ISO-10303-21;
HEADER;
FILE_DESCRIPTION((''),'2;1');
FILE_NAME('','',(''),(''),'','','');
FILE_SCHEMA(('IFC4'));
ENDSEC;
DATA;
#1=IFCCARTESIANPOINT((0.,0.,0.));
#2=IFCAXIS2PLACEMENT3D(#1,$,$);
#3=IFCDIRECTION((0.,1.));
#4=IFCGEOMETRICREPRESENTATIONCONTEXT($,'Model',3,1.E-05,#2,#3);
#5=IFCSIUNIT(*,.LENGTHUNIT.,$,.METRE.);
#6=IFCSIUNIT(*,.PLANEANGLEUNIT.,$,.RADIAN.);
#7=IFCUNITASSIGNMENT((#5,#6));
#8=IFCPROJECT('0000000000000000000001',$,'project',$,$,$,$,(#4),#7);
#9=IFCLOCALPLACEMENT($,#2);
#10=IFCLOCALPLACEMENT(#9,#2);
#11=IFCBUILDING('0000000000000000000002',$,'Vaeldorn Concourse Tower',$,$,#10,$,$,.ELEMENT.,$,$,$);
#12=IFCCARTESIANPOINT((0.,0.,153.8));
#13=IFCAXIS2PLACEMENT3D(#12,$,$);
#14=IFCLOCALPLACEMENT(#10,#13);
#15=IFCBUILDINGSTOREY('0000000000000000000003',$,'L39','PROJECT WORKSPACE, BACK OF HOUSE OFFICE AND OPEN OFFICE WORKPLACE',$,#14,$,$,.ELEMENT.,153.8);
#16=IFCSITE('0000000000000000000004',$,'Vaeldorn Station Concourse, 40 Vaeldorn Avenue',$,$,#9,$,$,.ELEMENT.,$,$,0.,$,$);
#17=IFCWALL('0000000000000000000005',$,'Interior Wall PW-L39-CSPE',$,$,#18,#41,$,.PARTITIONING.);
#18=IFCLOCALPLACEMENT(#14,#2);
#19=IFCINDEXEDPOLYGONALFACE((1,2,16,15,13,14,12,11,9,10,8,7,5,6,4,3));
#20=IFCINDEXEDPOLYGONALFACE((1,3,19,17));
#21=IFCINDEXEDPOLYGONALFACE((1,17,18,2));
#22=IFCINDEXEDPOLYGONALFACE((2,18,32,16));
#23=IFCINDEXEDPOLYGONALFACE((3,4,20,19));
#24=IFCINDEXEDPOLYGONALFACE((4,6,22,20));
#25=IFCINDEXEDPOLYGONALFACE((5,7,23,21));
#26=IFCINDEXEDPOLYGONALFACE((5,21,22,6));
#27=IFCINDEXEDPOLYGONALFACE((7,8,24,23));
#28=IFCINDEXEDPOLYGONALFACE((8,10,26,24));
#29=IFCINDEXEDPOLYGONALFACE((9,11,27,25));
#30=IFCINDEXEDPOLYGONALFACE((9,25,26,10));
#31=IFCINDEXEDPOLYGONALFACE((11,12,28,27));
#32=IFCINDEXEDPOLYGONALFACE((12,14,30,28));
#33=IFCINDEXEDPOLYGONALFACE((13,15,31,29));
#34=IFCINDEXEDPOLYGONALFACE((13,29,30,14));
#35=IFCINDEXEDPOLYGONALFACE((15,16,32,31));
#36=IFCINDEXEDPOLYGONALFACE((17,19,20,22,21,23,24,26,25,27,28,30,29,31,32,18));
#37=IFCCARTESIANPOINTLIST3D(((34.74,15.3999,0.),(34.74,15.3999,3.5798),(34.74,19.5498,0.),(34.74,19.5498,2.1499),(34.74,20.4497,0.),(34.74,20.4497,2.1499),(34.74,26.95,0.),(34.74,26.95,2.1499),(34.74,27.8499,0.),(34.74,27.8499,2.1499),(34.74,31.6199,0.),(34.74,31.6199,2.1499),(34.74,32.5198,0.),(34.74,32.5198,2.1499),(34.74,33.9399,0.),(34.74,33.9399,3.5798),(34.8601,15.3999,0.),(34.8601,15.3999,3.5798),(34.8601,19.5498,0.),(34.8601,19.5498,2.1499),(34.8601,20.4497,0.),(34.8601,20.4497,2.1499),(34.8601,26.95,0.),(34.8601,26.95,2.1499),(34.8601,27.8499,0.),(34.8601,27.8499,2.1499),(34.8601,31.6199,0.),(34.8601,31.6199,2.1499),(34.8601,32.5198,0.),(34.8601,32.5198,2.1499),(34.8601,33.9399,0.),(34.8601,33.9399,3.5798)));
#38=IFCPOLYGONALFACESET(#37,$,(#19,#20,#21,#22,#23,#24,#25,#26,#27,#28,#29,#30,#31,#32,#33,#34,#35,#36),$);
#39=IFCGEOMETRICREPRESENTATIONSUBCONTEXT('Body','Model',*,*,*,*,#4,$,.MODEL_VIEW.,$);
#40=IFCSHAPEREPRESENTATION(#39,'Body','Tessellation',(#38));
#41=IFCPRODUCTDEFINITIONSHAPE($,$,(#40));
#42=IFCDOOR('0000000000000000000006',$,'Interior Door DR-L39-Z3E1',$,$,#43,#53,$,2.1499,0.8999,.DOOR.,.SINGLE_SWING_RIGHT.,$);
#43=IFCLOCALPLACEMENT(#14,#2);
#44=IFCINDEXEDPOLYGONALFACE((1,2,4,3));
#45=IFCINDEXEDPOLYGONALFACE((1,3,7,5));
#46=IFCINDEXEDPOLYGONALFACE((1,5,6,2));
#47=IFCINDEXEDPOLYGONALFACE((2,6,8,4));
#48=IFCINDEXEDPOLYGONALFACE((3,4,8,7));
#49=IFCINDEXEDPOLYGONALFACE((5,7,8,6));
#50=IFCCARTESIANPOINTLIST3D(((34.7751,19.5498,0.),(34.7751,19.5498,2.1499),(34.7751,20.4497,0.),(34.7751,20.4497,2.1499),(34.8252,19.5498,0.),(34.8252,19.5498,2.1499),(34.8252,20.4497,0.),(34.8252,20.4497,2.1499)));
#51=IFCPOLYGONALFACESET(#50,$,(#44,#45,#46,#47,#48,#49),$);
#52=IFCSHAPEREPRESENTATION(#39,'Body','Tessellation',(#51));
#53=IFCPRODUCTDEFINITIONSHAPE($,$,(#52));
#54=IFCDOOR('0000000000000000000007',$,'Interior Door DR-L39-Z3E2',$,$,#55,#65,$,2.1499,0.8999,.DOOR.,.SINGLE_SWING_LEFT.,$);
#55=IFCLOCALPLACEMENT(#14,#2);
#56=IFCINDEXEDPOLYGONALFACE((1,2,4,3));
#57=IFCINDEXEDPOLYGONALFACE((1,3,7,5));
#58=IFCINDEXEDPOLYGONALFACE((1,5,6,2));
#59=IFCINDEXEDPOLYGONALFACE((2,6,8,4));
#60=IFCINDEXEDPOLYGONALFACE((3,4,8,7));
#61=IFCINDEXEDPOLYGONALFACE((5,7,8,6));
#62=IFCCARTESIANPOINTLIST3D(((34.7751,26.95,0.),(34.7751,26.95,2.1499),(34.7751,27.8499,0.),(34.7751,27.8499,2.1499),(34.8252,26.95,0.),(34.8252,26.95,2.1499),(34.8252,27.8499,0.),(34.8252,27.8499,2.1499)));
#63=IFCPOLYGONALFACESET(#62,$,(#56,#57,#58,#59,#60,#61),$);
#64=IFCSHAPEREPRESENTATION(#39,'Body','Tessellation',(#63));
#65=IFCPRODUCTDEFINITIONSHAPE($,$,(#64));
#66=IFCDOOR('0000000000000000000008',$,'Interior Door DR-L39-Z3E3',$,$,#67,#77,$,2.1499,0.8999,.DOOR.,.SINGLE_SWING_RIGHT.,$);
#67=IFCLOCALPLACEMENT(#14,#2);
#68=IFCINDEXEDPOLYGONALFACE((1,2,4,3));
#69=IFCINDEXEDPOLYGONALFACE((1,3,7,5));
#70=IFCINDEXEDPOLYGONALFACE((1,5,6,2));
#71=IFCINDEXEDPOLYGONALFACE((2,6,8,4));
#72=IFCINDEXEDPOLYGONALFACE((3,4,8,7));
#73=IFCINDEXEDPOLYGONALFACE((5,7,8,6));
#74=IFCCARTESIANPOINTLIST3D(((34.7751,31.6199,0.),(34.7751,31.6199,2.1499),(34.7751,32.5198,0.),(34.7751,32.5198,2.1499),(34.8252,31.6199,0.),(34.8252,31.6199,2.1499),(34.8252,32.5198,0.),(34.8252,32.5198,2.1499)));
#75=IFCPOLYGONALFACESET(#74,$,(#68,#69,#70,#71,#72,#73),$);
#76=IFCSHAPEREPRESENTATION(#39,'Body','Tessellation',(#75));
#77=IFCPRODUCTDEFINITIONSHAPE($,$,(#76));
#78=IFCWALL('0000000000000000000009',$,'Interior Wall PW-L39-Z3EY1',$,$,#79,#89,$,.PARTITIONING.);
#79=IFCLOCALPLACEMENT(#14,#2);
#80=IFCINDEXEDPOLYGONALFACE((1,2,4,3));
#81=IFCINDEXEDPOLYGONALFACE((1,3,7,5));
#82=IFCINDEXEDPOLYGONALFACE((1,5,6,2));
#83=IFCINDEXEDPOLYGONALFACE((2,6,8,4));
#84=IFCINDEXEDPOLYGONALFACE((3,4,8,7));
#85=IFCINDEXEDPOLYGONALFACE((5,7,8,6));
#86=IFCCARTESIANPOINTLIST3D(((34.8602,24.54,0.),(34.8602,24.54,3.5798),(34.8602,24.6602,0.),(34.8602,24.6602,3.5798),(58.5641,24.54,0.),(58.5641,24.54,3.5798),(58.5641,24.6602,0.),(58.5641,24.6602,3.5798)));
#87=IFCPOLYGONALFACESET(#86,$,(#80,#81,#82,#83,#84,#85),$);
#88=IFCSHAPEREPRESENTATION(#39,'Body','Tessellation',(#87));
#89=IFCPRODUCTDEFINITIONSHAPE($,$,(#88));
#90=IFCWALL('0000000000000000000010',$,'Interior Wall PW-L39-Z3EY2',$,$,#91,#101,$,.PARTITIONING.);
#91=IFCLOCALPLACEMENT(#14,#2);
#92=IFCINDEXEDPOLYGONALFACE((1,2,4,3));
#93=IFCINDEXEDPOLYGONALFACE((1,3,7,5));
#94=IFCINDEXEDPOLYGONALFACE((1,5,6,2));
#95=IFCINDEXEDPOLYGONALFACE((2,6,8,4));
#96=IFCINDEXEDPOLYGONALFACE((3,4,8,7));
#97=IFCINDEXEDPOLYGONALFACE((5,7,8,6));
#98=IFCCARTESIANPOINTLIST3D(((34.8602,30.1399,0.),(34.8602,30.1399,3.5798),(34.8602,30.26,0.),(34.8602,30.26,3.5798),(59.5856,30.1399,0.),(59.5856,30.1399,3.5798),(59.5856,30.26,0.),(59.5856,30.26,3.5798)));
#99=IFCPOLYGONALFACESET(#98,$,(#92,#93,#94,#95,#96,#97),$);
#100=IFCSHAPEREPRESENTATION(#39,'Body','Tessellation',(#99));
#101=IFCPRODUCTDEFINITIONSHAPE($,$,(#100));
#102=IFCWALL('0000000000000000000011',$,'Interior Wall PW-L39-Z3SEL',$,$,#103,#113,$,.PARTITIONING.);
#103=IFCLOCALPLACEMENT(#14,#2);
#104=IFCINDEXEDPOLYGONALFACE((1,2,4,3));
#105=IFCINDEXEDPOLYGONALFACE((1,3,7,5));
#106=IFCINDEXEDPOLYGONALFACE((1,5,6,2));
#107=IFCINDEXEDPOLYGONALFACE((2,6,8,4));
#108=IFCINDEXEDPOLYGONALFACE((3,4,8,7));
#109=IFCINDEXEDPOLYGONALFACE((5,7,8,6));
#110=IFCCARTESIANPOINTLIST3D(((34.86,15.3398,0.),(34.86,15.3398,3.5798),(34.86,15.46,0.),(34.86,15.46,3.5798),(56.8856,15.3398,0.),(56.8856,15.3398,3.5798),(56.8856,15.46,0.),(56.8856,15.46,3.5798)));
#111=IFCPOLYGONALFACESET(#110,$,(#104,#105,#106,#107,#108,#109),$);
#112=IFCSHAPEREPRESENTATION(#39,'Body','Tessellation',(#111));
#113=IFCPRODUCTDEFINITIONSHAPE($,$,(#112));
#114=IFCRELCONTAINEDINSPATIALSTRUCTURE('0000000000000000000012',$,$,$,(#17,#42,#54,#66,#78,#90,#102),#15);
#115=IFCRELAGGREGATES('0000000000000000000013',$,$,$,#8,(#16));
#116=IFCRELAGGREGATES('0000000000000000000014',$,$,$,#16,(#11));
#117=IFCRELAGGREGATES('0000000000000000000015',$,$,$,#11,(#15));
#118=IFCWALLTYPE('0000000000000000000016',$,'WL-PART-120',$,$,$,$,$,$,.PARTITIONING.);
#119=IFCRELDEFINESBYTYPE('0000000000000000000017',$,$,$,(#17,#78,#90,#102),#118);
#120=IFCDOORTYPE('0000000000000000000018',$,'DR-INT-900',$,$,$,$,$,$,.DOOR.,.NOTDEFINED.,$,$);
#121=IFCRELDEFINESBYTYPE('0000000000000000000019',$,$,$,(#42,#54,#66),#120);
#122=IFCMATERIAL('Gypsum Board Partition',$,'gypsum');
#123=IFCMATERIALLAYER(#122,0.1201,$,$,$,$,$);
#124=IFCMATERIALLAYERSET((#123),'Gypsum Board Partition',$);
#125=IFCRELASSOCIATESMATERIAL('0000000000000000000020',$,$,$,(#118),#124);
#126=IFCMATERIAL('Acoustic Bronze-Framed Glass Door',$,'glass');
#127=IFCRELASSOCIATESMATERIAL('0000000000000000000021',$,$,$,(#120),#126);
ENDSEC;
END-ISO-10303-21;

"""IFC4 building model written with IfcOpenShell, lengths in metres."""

from ifc_helpers import new_model, si_unit, direction, frame, frame_2d, origin, place, context, subcontext, project, spatial, rectangle, extrude, source, transform, mapped, material, layer, layer_set, type_object, element, fill, save


model = new_model("IFC4")

# Units and contexts
model_context = context("Model", 3, precision=1e-05, world=origin(), true_north=direction((0.0, 1.0)))
body_context = subcontext(model_context, "Body", "Model", "MODEL_VIEW")
ifc_project = project(units=[si_unit("LENGTHUNIT", "METRE"), si_unit("PLANEANGLEUNIT", "RADIAN")], contexts=[model_context])

# Site, building, storey
site_placement = place(None, origin())
site = spatial("IfcSite", under=ifc_project, at=site_placement, Name="Vaeldorn Station Concourse, 40 Vaeldorn Avenue", CompositionType="ELEMENT", RefElevation=0.0)
building_placement = place(site_placement, origin())
building = spatial("IfcBuilding", under=site, at=building_placement, Name="Vaeldorn Concourse Tower", CompositionType="ELEMENT")
storey_placement = place(building_placement, frame((0.0, 0.0, 153.8)))
storey = spatial("IfcBuildingStorey", under=building, at=storey_placement, Name="L39", Description="PROJECT WORKSPACE, BACK OF HOUSE OFFICE AND OPEN OFFICE WORKPLACE", CompositionType="ELEMENT", Elevation=153.8)

# Shared definitions
ifc_material_1 = material(Name="Gypsum Board Partition", Category="gypsum")
ifc_layer = layer(ifc_material_1, 0.1201)
ifc_layer_set = layer_set([ifc_layer], Name="Gypsum Board Partition")
wall_type = type_object("IfcWallType", Name="WL-PART-120", PredefinedType="PARTITIONING", material=ifc_layer_set)

# Wall, openings, doors
ifc_material_2 = material(Name="Acoustic Bronze-Framed Glass Door", Category="glass")
door_type = type_object("IfcDoorType", Name="DR-INT-900", OperationType="NOTDEFINED", PredefinedType="DOOR", material=ifc_material_2)
shared_shape_1 = source(origin(), body_context, "Body", "SweptSolid", [
    extrude(rectangle(XDim=0.8999, YDim=2.1499, at=frame_2d((0.45, 1.075))), frame((0.0, 0.0249, 0.0), z_axis=(0.0, -1.0, 0.0), x_axis=(1.0, 0.0, 0.0)), (0.0, 0.0, 1.0), 0.05),
])
wall_1_placement = place(storey_placement, frame((34.8, 15.3999, 0.0), z_axis=(0.0, 0.0, 1.0), x_axis=(0.0, 1.0, 0.0)))
wall_1 = element("IfcWall", 1, at=wall_1_placement, inside=storey, type_object=wall_type, Name="Interior Wall PW-L39-CSPE", PredefinedType="PARTITIONING", context=body_context, shape_type="SweptSolid", body=[
    extrude(rectangle(XDim=18.54, YDim=0.1201, at=frame_2d((9.27, 0.0))), origin(), (0.0, 0.0, 1.0), 3.5798),
])
opening_1_placement = place(wall_1_placement, frame((4.1499, 0.0, 0.0)))
opening_1 = element("IfcOpeningElement", 2, at=opening_1_placement, cuts=wall_1, PredefinedType="OPENING", context=body_context, shape_type="SweptSolid", body=[
    extrude(rectangle(XDim=0.8999, YDim=2.1499, at=frame_2d((0.45, 1.075))), frame((0.0, 0.0701, 0.0), z_axis=(0.0, -1.0, 0.0), x_axis=(1.0, 0.0, 0.0)), (0.0, 0.0, 1.0), 0.1401),
])
opening_2_placement = place(wall_1_placement, frame((11.55, 0.0, 0.0)))
opening_2 = element("IfcOpeningElement", 3, at=opening_2_placement, cuts=wall_1, PredefinedType="OPENING", context=body_context, shape_type="SweptSolid", body=[
    extrude(rectangle(XDim=0.8999, YDim=2.1499, at=frame_2d((0.45, 1.075))), frame((0.0, 0.0701, 0.0), z_axis=(0.0, -1.0, 0.0), x_axis=(1.0, 0.0, 0.0)), (0.0, 0.0, 1.0), 0.1401),
])
opening_3_placement = place(wall_1_placement, frame((16.22, 0.0, 0.0)))
opening_3 = element("IfcOpeningElement", 4, at=opening_3_placement, cuts=wall_1, PredefinedType="OPENING", context=body_context, shape_type="SweptSolid", body=[
    extrude(rectangle(XDim=0.8999, YDim=2.1499, at=frame_2d((0.45, 1.075))), frame((0.0, 0.0701, 0.0), z_axis=(0.0, -1.0, 0.0), x_axis=(1.0, 0.0, 0.0)), (0.0, 0.0, 1.0), 0.1401),
])
door_1_placement = place(opening_1_placement, origin())
door_1 = element("IfcDoor", 5, at=door_1_placement, inside=storey, type_object=door_type, Name="Interior Door DR-L39-Z3E1", OperationType="SINGLE_SWING_RIGHT", OverallHeight=2.1499, OverallWidth=0.8999, PredefinedType="DOOR", context=body_context, shape_type="MappedRepresentation", body=[
    mapped(shared_shape_1, transform((0.0, 0.0, 0.0), scale=1.0)),
])
fill(opening_1, door_1)
door_2_placement = place(opening_2_placement, origin())
door_2 = element("IfcDoor", 6, at=door_2_placement, inside=storey, type_object=door_type, Name="Interior Door DR-L39-Z3E2", OperationType="SINGLE_SWING_LEFT", OverallHeight=2.1499, OverallWidth=0.8999, PredefinedType="DOOR", context=body_context, shape_type="MappedRepresentation", body=[
    mapped(shared_shape_1, transform((0.0, 0.0, 0.0), scale=1.0)),
])
fill(opening_2, door_2)
door_3_placement = place(opening_3_placement, origin())
door_3 = element("IfcDoor", 7, at=door_3_placement, inside=storey, type_object=door_type, Name="Interior Door DR-L39-Z3E3", OperationType="SINGLE_SWING_RIGHT", OverallHeight=2.1499, OverallWidth=0.8999, PredefinedType="DOOR", context=body_context, shape_type="MappedRepresentation", body=[
    mapped(shared_shape_1, transform((0.0, 0.0, 0.0), scale=1.0)),
])
fill(opening_3, door_3)

# Walls
wall_2_placement = place(storey_placement, frame((34.8601, 24.6001, 0.0), z_axis=(0.0, 0.0, 1.0), x_axis=(1.0, 0.0, 0.0)))
element("IfcWall", 8, at=wall_2_placement, inside=storey, type_object=wall_type, Name="Interior Wall PW-L39-Z3EY1", PredefinedType="PARTITIONING", context=body_context, shape_type="SweptSolid", body=[
    extrude(rectangle(XDim=23.7039, YDim=0.1201, at=frame_2d((11.8521, 0.0))), origin(), (0.0, 0.0, 1.0), 3.5798),
])
wall_3_placement = place(storey_placement, frame((34.8601, 30.2, 0.0), z_axis=(0.0, 0.0, 1.0), x_axis=(1.0, 0.0, 0.0)))
element("IfcWall", 9, at=wall_3_placement, inside=storey, type_object=wall_type, Name="Interior Wall PW-L39-Z3EY2", PredefinedType="PARTITIONING", context=body_context, shape_type="SweptSolid", body=[
    extrude(rectangle(XDim=24.7253, YDim=0.1201, at=frame_2d((12.3628, 0.0))), origin(), (0.0, 0.0, 1.0), 3.5798),
])
wall_4_placement = place(storey_placement, frame((34.8601, 15.3999, 0.0), z_axis=(0.0, 0.0, 1.0), x_axis=(1.0, 0.0, 0.0)))
element("IfcWall", 10, at=wall_4_placement, inside=storey, type_object=wall_type, Name="Interior Wall PW-L39-Z3SEL", PredefinedType="PARTITIONING", context=body_context, shape_type="SweptSolid", body=[
    extrude(rectangle(XDim=22.0256, YDim=0.1201, at=frame_2d((11.0127, 0.0))), origin(), (0.0, 0.0, 1.0), 3.5798),
])

save(model, "model.ifc")
